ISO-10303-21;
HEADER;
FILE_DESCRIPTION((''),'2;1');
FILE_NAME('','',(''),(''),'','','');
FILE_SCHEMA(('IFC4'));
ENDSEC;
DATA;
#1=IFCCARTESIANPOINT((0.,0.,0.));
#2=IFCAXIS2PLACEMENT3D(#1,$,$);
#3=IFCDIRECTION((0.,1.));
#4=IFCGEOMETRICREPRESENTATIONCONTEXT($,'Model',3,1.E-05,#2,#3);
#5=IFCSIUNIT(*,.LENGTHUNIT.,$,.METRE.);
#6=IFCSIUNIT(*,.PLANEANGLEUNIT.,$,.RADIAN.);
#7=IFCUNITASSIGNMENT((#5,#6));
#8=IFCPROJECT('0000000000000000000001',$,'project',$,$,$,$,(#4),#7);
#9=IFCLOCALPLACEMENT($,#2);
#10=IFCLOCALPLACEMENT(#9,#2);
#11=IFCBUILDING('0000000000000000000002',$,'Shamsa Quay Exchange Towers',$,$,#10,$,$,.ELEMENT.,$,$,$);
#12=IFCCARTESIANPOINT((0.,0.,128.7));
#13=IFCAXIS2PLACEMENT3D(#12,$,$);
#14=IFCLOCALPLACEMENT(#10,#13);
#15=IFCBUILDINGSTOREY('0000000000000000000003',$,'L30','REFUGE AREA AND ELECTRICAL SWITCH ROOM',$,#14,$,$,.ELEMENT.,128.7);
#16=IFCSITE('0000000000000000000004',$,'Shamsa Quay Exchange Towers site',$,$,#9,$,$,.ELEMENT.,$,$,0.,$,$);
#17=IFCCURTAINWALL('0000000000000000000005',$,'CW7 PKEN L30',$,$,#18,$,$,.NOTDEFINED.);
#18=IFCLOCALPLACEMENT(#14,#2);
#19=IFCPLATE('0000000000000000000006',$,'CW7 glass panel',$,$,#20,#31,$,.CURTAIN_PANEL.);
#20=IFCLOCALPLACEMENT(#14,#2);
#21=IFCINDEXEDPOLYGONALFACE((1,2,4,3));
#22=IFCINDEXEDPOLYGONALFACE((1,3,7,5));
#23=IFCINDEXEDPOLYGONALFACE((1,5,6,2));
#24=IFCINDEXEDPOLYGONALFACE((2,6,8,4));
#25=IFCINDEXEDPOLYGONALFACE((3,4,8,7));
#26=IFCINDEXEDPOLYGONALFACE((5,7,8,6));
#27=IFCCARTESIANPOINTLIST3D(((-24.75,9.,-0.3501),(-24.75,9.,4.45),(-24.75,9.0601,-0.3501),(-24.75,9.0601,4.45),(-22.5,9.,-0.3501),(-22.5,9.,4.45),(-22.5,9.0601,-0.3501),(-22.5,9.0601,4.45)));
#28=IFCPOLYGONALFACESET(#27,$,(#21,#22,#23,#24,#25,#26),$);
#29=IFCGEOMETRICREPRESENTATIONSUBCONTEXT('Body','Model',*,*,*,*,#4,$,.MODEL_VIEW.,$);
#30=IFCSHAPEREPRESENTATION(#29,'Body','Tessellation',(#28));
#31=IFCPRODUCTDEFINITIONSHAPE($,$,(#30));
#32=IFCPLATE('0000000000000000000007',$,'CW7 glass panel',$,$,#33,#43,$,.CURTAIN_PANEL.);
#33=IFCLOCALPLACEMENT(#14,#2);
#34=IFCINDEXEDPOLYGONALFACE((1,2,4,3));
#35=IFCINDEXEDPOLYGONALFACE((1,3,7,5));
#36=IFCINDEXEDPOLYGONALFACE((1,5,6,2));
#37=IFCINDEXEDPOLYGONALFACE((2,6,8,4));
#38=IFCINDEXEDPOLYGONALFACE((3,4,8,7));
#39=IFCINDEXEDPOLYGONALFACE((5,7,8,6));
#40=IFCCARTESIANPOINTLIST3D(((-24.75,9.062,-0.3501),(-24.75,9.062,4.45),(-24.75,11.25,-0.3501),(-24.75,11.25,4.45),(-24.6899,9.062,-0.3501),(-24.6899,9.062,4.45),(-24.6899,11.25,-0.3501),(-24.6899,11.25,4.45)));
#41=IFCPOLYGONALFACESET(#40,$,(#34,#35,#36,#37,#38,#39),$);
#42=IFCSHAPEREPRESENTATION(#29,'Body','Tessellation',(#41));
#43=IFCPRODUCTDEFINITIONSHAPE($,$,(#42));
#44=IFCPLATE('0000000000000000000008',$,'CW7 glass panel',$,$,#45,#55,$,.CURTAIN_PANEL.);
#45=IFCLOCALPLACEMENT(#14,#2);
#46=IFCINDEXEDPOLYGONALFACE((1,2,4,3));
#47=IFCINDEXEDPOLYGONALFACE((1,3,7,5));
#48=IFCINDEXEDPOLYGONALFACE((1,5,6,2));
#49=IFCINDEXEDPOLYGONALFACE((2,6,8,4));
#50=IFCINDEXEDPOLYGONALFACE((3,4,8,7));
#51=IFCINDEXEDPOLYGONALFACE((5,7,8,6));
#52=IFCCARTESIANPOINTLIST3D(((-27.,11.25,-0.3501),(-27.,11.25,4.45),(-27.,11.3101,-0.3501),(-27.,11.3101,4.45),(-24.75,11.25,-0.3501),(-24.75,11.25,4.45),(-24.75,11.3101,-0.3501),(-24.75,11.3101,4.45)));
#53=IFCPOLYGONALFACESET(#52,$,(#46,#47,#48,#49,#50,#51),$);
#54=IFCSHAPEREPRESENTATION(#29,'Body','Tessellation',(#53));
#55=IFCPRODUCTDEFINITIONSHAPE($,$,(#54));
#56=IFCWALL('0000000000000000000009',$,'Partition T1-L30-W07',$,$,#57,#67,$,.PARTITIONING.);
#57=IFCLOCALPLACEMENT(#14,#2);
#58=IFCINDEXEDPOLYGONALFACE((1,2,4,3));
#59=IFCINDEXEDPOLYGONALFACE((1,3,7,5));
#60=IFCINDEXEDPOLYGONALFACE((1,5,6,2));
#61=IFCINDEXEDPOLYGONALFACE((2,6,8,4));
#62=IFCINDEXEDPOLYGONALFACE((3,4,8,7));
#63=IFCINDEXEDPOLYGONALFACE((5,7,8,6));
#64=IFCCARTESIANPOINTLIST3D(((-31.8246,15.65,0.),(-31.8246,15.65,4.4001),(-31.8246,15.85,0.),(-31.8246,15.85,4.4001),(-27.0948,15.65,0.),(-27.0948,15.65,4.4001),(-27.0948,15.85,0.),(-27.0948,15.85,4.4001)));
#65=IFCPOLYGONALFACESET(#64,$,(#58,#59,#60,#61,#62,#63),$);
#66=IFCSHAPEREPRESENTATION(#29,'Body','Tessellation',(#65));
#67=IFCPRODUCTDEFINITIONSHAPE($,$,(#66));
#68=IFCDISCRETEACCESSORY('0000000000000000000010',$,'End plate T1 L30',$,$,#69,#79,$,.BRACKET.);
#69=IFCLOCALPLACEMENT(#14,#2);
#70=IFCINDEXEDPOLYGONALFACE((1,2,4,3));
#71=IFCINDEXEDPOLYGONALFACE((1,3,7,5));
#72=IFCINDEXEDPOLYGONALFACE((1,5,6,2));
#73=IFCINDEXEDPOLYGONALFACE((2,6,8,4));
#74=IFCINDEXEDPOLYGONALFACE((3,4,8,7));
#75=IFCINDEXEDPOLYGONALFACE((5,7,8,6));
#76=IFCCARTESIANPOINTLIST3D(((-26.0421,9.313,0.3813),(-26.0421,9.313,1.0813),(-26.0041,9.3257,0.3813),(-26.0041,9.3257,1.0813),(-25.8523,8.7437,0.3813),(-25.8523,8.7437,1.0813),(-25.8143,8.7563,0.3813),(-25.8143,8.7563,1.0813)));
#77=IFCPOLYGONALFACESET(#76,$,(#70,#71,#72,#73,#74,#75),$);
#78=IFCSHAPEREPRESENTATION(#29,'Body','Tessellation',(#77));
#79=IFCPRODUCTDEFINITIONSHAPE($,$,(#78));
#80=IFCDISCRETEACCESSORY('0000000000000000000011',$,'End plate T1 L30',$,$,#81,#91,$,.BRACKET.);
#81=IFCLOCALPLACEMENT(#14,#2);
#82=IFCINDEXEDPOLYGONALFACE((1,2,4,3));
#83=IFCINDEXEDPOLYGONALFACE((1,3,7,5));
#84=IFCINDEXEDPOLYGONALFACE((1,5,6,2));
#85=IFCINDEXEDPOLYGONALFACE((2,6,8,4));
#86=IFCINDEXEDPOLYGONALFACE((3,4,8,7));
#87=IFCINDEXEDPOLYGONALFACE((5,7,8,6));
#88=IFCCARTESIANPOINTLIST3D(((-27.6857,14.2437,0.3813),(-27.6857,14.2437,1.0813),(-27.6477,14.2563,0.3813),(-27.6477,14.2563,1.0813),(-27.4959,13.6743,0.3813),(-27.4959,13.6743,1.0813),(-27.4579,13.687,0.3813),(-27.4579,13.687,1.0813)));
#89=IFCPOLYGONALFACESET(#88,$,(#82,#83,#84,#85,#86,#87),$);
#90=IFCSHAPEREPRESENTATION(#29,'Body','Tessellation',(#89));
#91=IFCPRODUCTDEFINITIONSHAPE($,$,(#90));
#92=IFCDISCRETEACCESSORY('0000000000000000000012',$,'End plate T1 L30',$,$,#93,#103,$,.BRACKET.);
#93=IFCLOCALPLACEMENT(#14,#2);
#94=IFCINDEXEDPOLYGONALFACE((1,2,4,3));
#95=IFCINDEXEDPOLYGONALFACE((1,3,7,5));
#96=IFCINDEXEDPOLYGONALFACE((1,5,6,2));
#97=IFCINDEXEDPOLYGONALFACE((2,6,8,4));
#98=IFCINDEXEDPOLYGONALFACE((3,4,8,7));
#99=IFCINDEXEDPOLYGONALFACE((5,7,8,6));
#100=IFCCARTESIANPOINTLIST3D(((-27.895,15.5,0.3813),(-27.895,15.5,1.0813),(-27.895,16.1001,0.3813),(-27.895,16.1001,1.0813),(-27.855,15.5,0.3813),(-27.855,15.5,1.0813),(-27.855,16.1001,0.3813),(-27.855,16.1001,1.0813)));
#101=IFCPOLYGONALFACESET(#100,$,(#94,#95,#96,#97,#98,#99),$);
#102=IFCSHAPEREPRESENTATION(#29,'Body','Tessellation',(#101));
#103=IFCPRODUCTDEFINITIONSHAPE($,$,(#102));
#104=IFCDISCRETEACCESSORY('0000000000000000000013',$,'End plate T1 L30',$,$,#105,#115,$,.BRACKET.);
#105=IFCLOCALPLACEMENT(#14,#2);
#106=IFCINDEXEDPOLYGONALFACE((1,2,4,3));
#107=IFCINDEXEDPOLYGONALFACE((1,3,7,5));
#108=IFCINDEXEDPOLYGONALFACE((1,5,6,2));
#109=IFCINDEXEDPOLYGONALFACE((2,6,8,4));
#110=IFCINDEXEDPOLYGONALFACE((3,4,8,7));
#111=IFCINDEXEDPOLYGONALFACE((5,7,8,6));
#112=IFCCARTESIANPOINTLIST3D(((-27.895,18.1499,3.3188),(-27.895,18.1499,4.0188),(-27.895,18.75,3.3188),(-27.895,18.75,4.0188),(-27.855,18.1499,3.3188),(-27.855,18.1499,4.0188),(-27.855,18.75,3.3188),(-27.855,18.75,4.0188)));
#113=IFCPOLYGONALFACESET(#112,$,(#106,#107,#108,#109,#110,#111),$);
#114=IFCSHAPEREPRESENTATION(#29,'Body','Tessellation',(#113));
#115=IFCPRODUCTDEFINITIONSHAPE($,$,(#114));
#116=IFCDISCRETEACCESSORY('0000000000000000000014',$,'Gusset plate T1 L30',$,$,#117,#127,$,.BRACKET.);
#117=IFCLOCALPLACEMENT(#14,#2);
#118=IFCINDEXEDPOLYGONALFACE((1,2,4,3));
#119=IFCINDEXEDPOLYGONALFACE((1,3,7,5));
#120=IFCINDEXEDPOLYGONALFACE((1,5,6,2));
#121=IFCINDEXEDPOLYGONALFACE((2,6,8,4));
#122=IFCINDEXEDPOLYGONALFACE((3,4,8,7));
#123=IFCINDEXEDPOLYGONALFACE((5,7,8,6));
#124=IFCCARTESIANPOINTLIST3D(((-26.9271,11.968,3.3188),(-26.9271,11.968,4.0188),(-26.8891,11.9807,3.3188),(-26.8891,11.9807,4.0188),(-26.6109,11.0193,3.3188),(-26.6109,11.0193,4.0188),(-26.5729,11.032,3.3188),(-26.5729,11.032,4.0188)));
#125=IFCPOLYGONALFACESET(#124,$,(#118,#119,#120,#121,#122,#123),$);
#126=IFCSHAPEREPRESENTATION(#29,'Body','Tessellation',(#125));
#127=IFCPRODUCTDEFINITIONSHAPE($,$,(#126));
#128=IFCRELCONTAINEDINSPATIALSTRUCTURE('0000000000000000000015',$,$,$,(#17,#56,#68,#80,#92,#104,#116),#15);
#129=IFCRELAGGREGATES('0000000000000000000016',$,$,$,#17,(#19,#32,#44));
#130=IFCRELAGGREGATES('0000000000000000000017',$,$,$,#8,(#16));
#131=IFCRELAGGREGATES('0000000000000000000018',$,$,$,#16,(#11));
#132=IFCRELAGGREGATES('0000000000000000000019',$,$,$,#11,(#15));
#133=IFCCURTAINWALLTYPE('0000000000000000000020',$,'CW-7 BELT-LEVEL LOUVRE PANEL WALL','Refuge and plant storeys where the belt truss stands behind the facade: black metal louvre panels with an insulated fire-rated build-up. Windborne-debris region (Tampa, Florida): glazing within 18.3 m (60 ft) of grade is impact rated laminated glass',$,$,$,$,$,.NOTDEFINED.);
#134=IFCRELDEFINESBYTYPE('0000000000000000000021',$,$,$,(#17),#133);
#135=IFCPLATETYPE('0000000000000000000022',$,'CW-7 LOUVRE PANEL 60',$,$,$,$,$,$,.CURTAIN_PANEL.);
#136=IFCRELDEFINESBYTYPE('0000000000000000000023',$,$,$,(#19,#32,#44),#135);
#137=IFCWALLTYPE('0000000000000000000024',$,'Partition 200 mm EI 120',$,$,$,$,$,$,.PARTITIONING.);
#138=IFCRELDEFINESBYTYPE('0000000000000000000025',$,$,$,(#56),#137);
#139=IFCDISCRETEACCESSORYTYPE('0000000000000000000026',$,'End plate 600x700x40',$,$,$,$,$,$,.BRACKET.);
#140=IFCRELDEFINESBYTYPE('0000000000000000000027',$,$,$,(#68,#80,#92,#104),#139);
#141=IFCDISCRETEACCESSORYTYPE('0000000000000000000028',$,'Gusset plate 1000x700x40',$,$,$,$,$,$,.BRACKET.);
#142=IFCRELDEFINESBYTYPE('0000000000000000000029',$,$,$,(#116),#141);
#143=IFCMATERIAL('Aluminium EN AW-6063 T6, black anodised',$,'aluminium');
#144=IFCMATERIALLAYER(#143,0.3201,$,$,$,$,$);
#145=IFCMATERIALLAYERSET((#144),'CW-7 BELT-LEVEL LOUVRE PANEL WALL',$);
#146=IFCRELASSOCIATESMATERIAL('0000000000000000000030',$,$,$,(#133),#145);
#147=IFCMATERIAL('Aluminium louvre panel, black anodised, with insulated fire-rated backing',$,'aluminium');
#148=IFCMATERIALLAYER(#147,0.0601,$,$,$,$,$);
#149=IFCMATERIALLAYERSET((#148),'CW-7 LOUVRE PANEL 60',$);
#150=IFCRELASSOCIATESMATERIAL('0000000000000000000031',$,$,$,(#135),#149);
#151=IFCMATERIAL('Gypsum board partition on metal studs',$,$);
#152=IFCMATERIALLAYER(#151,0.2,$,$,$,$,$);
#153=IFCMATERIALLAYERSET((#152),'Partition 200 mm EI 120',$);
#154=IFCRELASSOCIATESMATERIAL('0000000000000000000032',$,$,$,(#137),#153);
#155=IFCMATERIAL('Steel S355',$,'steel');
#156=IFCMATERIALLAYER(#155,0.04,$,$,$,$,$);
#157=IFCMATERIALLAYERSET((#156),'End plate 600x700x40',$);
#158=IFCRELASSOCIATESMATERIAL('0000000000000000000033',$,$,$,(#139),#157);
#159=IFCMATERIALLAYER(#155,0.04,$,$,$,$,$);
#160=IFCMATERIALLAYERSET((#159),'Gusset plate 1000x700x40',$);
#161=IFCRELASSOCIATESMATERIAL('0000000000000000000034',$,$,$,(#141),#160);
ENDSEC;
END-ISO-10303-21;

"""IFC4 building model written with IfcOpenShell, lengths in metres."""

from ifc_helpers import new_model, si_unit, direction, frame, frame_2d, origin, origin_2d, place, context, subcontext, project, spatial, rectangle, extrude, material, layer, layer_set, type_object, element, aggregate, save


model = new_model("IFC4")

# Units and contexts
model_context = context("Model", 3, precision=1e-05, world=origin(), true_north=direction((0.0, 1.0)))
body_context = subcontext(model_context, "Body", "Model", "MODEL_VIEW")
ifc_project = project(units=[si_unit("LENGTHUNIT", "METRE"), si_unit("PLANEANGLEUNIT", "RADIAN")], contexts=[model_context])

# Site, building, storey
site_placement = place(None, origin())
site = spatial("IfcSite", under=ifc_project, at=site_placement, Name="Shamsa Quay Exchange Towers site", CompositionType="ELEMENT", RefElevation=0.0)
building_placement = place(site_placement, origin())
building = spatial("IfcBuilding", under=site, at=building_placement, Name="Shamsa Quay Exchange Towers", CompositionType="ELEMENT")
storey_placement = place(building_placement, frame((0.0, 0.0, 128.7)))
storey = spatial("IfcBuildingStorey", under=building, at=storey_placement, Name="L30", Description="REFUGE AREA AND ELECTRICAL SWITCH ROOM", CompositionType="ELEMENT", Elevation=128.7)

# Shared definitions
ifc_material_1 = material(Name="Steel S355", Category="steel")

# Curtain wall, plates
ifc_material_2 = material(Name="Aluminium EN AW-6063 T6, black anodised", Category="aluminium")
ifc_layer_1 = layer(ifc_material_2, 0.3201)
ifc_layer_set_1 = layer_set([ifc_layer_1], Name="CW-7 BELT-LEVEL LOUVRE PANEL WALL")
curtain_wall_type = type_object("IfcCurtainWallType", Name="CW-7 BELT-LEVEL LOUVRE PANEL WALL", Description="Refuge and plant storeys where the belt truss stands behind the facade: black metal louvre panels with an insulated fire-rated build-up. Windborne-debris region (Tampa, Florida): glazing within 18.3 m (60 ft) of grade is impact rated laminated glass", PredefinedType="NOTDEFINED", material=ifc_layer_set_1)
ifc_material_3 = material(Name="Aluminium louvre panel, black anodised, with insulated fire-rated backing", Category="aluminium")
ifc_layer_2 = layer(ifc_material_3, 0.0601)
ifc_layer_set_2 = layer_set([ifc_layer_2], Name="CW-7 LOUVRE PANEL 60")
plate_type = type_object("IfcPlateType", Name="CW-7 LOUVRE PANEL 60", PredefinedType="CURTAIN_PANEL", material=ifc_layer_set_2)
curtain_wall_1_placement = place(storey_placement, origin())
curtain_wall_1 = element("IfcCurtainWall", 1, at=curtain_wall_1_placement, inside=storey, type_object=curtain_wall_type, Name="CW7 PKEN L30", PredefinedType="NOTDEFINED")
plate_1_placement = place(storey_placement, frame((-23.625, 9.03, -0.3501), z_axis=(0.0, 0.0, 1.0), x_axis=(-1.0, 0.0, 0.0)))
plate_1 = element("IfcPlate", 2, at=plate_1_placement, type_object=plate_type, Name="CW7 glass panel", PredefinedType="CURTAIN_PANEL", context=body_context, shape_type="SweptSolid", body=[
    extrude(rectangle(XDim=2.25, YDim=0.0601, at=origin_2d()), origin(), (0.0, 0.0, 1.0), 4.8),
])
plate_2_placement = place(storey_placement, frame((-24.72, 10.156, -0.3501), z_axis=(0.0, 0.0, 1.0), x_axis=(0.0, 1.0, 0.0)))
plate_2 = element("IfcPlate", 3, at=plate_2_placement, type_object=plate_type, Name="CW7 glass panel", PredefinedType="CURTAIN_PANEL", context=body_context, shape_type="SweptSolid", body=[
    extrude(rectangle(XDim=2.188, YDim=0.0601, at=origin_2d()), origin(), (0.0, 0.0, 1.0), 4.8),
])
plate_3_placement = place(storey_placement, frame((-25.875, 11.28, -0.3501), z_axis=(0.0, 0.0, 1.0), x_axis=(-1.0, 0.0, 0.0)))
plate_3 = element("IfcPlate", 4, at=plate_3_placement, type_object=plate_type, Name="CW7 glass panel", PredefinedType="CURTAIN_PANEL", context=body_context, shape_type="SweptSolid", body=[
    extrude(rectangle(XDim=2.25, YDim=0.0601, at=origin_2d()), origin(), (0.0, 0.0, 1.0), 4.8),
])
aggregate(curtain_wall_1, [plate_1, plate_2, plate_3])

# Wall
ifc_material_4 = material(Name="Gypsum board partition on metal studs")
ifc_layer_3 = layer(ifc_material_4, 0.2)
ifc_layer_set_3 = layer_set([ifc_layer_3], Name="Partition 200 mm EI 120")
wall_type = type_object("IfcWallType", Name="Partition 200 mm EI 120", PredefinedType="PARTITIONING", material=ifc_layer_set_3)
wall_placement = place(storey_placement, frame((-27.095, 15.75, 0.0), z_axis=(0.0, 0.0, 1.0), x_axis=(-1.0, 0.0, 0.0)))
element("IfcWall", 5, at=wall_placement, inside=storey, type_object=wall_type, Name="Partition T1-L30-W07", PredefinedType="PARTITIONING", context=body_context, shape_type="SweptSolid", body=[
    extrude(rectangle(XDim=4.7297, YDim=0.2, at=frame_2d((2.3647, 0.0))), origin(), (0.0, 0.0, 1.0), 4.4001),
])

# Discrete accessories
ifc_layer_4 = layer(ifc_material_1, 0.04)
ifc_layer_set_4 = layer_set([ifc_layer_4], Name="End plate 600x700x40")
discrete_accessory_type_1 = type_object("IfcDiscreteAccessoryType", Name="End plate 600x700x40", PredefinedType="BRACKET", material=ifc_layer_set_4)
for number, where, z_axis, x_axis, name in (
    (6, (-25.9282, 9.0347, 0.3813), (0.0, 0.0, 1.0), (-0.316228, 0.948683, 0.0), "End plate T1 L30"),
    (7, (-27.5718, 13.9653, 0.3813), (0.0, 0.0, 1.0), (-0.316228, 0.948683, 0.0), "End plate T1 L30"),
    (8, (-27.875, 15.8, 0.3813), (0.0, 0.0, 1.0), (0.0, 1.0, 0.0), "End plate T1 L30"),
    (9, (-27.875, 18.45, 3.3188), (0.0, 0.0, 1.0), (0.0, 1.0, 0.0), "End plate T1 L30"),
):
    element("IfcDiscreteAccessory", number, at=place(storey_placement, frame(where, z_axis=z_axis, x_axis=x_axis)), inside=storey, type_object=discrete_accessory_type_1, Name=name, PredefinedType="BRACKET", context=body_context, shape_type="SweptSolid", body=[
        extrude(rectangle(XDim=0.6001, YDim=0.04, at=origin_2d()), origin(), (0.0, 0.0, 1.0), 0.7),
    ])
ifc_layer_5 = layer(ifc_material_1, 0.04)
ifc_layer_set_5 = layer_set([ifc_layer_5], Name="Gusset plate 1000x700x40")
discrete_accessory_type_2 = type_object("IfcDiscreteAccessoryType", Name="Gusset plate 1000x700x40", PredefinedType="BRACKET", material=ifc_layer_set_5)
discrete_accessory_placement = place(storey_placement, frame((-26.75, 11.5, 3.3188), z_axis=(0.0, 0.0, 1.0), x_axis=(-0.316228, 0.948683, 0.0)))
element("IfcDiscreteAccessory", 10, at=discrete_accessory_placement, inside=storey, type_object=discrete_accessory_type_2, Name="Gusset plate T1 L30", PredefinedType="BRACKET", context=body_context, shape_type="SweptSolid", body=[
    extrude(rectangle(XDim=1.0, YDim=0.04, at=origin_2d()), origin(), (0.0, 0.0, 1.0), 0.7),
])

save(model, "model.ifc")
